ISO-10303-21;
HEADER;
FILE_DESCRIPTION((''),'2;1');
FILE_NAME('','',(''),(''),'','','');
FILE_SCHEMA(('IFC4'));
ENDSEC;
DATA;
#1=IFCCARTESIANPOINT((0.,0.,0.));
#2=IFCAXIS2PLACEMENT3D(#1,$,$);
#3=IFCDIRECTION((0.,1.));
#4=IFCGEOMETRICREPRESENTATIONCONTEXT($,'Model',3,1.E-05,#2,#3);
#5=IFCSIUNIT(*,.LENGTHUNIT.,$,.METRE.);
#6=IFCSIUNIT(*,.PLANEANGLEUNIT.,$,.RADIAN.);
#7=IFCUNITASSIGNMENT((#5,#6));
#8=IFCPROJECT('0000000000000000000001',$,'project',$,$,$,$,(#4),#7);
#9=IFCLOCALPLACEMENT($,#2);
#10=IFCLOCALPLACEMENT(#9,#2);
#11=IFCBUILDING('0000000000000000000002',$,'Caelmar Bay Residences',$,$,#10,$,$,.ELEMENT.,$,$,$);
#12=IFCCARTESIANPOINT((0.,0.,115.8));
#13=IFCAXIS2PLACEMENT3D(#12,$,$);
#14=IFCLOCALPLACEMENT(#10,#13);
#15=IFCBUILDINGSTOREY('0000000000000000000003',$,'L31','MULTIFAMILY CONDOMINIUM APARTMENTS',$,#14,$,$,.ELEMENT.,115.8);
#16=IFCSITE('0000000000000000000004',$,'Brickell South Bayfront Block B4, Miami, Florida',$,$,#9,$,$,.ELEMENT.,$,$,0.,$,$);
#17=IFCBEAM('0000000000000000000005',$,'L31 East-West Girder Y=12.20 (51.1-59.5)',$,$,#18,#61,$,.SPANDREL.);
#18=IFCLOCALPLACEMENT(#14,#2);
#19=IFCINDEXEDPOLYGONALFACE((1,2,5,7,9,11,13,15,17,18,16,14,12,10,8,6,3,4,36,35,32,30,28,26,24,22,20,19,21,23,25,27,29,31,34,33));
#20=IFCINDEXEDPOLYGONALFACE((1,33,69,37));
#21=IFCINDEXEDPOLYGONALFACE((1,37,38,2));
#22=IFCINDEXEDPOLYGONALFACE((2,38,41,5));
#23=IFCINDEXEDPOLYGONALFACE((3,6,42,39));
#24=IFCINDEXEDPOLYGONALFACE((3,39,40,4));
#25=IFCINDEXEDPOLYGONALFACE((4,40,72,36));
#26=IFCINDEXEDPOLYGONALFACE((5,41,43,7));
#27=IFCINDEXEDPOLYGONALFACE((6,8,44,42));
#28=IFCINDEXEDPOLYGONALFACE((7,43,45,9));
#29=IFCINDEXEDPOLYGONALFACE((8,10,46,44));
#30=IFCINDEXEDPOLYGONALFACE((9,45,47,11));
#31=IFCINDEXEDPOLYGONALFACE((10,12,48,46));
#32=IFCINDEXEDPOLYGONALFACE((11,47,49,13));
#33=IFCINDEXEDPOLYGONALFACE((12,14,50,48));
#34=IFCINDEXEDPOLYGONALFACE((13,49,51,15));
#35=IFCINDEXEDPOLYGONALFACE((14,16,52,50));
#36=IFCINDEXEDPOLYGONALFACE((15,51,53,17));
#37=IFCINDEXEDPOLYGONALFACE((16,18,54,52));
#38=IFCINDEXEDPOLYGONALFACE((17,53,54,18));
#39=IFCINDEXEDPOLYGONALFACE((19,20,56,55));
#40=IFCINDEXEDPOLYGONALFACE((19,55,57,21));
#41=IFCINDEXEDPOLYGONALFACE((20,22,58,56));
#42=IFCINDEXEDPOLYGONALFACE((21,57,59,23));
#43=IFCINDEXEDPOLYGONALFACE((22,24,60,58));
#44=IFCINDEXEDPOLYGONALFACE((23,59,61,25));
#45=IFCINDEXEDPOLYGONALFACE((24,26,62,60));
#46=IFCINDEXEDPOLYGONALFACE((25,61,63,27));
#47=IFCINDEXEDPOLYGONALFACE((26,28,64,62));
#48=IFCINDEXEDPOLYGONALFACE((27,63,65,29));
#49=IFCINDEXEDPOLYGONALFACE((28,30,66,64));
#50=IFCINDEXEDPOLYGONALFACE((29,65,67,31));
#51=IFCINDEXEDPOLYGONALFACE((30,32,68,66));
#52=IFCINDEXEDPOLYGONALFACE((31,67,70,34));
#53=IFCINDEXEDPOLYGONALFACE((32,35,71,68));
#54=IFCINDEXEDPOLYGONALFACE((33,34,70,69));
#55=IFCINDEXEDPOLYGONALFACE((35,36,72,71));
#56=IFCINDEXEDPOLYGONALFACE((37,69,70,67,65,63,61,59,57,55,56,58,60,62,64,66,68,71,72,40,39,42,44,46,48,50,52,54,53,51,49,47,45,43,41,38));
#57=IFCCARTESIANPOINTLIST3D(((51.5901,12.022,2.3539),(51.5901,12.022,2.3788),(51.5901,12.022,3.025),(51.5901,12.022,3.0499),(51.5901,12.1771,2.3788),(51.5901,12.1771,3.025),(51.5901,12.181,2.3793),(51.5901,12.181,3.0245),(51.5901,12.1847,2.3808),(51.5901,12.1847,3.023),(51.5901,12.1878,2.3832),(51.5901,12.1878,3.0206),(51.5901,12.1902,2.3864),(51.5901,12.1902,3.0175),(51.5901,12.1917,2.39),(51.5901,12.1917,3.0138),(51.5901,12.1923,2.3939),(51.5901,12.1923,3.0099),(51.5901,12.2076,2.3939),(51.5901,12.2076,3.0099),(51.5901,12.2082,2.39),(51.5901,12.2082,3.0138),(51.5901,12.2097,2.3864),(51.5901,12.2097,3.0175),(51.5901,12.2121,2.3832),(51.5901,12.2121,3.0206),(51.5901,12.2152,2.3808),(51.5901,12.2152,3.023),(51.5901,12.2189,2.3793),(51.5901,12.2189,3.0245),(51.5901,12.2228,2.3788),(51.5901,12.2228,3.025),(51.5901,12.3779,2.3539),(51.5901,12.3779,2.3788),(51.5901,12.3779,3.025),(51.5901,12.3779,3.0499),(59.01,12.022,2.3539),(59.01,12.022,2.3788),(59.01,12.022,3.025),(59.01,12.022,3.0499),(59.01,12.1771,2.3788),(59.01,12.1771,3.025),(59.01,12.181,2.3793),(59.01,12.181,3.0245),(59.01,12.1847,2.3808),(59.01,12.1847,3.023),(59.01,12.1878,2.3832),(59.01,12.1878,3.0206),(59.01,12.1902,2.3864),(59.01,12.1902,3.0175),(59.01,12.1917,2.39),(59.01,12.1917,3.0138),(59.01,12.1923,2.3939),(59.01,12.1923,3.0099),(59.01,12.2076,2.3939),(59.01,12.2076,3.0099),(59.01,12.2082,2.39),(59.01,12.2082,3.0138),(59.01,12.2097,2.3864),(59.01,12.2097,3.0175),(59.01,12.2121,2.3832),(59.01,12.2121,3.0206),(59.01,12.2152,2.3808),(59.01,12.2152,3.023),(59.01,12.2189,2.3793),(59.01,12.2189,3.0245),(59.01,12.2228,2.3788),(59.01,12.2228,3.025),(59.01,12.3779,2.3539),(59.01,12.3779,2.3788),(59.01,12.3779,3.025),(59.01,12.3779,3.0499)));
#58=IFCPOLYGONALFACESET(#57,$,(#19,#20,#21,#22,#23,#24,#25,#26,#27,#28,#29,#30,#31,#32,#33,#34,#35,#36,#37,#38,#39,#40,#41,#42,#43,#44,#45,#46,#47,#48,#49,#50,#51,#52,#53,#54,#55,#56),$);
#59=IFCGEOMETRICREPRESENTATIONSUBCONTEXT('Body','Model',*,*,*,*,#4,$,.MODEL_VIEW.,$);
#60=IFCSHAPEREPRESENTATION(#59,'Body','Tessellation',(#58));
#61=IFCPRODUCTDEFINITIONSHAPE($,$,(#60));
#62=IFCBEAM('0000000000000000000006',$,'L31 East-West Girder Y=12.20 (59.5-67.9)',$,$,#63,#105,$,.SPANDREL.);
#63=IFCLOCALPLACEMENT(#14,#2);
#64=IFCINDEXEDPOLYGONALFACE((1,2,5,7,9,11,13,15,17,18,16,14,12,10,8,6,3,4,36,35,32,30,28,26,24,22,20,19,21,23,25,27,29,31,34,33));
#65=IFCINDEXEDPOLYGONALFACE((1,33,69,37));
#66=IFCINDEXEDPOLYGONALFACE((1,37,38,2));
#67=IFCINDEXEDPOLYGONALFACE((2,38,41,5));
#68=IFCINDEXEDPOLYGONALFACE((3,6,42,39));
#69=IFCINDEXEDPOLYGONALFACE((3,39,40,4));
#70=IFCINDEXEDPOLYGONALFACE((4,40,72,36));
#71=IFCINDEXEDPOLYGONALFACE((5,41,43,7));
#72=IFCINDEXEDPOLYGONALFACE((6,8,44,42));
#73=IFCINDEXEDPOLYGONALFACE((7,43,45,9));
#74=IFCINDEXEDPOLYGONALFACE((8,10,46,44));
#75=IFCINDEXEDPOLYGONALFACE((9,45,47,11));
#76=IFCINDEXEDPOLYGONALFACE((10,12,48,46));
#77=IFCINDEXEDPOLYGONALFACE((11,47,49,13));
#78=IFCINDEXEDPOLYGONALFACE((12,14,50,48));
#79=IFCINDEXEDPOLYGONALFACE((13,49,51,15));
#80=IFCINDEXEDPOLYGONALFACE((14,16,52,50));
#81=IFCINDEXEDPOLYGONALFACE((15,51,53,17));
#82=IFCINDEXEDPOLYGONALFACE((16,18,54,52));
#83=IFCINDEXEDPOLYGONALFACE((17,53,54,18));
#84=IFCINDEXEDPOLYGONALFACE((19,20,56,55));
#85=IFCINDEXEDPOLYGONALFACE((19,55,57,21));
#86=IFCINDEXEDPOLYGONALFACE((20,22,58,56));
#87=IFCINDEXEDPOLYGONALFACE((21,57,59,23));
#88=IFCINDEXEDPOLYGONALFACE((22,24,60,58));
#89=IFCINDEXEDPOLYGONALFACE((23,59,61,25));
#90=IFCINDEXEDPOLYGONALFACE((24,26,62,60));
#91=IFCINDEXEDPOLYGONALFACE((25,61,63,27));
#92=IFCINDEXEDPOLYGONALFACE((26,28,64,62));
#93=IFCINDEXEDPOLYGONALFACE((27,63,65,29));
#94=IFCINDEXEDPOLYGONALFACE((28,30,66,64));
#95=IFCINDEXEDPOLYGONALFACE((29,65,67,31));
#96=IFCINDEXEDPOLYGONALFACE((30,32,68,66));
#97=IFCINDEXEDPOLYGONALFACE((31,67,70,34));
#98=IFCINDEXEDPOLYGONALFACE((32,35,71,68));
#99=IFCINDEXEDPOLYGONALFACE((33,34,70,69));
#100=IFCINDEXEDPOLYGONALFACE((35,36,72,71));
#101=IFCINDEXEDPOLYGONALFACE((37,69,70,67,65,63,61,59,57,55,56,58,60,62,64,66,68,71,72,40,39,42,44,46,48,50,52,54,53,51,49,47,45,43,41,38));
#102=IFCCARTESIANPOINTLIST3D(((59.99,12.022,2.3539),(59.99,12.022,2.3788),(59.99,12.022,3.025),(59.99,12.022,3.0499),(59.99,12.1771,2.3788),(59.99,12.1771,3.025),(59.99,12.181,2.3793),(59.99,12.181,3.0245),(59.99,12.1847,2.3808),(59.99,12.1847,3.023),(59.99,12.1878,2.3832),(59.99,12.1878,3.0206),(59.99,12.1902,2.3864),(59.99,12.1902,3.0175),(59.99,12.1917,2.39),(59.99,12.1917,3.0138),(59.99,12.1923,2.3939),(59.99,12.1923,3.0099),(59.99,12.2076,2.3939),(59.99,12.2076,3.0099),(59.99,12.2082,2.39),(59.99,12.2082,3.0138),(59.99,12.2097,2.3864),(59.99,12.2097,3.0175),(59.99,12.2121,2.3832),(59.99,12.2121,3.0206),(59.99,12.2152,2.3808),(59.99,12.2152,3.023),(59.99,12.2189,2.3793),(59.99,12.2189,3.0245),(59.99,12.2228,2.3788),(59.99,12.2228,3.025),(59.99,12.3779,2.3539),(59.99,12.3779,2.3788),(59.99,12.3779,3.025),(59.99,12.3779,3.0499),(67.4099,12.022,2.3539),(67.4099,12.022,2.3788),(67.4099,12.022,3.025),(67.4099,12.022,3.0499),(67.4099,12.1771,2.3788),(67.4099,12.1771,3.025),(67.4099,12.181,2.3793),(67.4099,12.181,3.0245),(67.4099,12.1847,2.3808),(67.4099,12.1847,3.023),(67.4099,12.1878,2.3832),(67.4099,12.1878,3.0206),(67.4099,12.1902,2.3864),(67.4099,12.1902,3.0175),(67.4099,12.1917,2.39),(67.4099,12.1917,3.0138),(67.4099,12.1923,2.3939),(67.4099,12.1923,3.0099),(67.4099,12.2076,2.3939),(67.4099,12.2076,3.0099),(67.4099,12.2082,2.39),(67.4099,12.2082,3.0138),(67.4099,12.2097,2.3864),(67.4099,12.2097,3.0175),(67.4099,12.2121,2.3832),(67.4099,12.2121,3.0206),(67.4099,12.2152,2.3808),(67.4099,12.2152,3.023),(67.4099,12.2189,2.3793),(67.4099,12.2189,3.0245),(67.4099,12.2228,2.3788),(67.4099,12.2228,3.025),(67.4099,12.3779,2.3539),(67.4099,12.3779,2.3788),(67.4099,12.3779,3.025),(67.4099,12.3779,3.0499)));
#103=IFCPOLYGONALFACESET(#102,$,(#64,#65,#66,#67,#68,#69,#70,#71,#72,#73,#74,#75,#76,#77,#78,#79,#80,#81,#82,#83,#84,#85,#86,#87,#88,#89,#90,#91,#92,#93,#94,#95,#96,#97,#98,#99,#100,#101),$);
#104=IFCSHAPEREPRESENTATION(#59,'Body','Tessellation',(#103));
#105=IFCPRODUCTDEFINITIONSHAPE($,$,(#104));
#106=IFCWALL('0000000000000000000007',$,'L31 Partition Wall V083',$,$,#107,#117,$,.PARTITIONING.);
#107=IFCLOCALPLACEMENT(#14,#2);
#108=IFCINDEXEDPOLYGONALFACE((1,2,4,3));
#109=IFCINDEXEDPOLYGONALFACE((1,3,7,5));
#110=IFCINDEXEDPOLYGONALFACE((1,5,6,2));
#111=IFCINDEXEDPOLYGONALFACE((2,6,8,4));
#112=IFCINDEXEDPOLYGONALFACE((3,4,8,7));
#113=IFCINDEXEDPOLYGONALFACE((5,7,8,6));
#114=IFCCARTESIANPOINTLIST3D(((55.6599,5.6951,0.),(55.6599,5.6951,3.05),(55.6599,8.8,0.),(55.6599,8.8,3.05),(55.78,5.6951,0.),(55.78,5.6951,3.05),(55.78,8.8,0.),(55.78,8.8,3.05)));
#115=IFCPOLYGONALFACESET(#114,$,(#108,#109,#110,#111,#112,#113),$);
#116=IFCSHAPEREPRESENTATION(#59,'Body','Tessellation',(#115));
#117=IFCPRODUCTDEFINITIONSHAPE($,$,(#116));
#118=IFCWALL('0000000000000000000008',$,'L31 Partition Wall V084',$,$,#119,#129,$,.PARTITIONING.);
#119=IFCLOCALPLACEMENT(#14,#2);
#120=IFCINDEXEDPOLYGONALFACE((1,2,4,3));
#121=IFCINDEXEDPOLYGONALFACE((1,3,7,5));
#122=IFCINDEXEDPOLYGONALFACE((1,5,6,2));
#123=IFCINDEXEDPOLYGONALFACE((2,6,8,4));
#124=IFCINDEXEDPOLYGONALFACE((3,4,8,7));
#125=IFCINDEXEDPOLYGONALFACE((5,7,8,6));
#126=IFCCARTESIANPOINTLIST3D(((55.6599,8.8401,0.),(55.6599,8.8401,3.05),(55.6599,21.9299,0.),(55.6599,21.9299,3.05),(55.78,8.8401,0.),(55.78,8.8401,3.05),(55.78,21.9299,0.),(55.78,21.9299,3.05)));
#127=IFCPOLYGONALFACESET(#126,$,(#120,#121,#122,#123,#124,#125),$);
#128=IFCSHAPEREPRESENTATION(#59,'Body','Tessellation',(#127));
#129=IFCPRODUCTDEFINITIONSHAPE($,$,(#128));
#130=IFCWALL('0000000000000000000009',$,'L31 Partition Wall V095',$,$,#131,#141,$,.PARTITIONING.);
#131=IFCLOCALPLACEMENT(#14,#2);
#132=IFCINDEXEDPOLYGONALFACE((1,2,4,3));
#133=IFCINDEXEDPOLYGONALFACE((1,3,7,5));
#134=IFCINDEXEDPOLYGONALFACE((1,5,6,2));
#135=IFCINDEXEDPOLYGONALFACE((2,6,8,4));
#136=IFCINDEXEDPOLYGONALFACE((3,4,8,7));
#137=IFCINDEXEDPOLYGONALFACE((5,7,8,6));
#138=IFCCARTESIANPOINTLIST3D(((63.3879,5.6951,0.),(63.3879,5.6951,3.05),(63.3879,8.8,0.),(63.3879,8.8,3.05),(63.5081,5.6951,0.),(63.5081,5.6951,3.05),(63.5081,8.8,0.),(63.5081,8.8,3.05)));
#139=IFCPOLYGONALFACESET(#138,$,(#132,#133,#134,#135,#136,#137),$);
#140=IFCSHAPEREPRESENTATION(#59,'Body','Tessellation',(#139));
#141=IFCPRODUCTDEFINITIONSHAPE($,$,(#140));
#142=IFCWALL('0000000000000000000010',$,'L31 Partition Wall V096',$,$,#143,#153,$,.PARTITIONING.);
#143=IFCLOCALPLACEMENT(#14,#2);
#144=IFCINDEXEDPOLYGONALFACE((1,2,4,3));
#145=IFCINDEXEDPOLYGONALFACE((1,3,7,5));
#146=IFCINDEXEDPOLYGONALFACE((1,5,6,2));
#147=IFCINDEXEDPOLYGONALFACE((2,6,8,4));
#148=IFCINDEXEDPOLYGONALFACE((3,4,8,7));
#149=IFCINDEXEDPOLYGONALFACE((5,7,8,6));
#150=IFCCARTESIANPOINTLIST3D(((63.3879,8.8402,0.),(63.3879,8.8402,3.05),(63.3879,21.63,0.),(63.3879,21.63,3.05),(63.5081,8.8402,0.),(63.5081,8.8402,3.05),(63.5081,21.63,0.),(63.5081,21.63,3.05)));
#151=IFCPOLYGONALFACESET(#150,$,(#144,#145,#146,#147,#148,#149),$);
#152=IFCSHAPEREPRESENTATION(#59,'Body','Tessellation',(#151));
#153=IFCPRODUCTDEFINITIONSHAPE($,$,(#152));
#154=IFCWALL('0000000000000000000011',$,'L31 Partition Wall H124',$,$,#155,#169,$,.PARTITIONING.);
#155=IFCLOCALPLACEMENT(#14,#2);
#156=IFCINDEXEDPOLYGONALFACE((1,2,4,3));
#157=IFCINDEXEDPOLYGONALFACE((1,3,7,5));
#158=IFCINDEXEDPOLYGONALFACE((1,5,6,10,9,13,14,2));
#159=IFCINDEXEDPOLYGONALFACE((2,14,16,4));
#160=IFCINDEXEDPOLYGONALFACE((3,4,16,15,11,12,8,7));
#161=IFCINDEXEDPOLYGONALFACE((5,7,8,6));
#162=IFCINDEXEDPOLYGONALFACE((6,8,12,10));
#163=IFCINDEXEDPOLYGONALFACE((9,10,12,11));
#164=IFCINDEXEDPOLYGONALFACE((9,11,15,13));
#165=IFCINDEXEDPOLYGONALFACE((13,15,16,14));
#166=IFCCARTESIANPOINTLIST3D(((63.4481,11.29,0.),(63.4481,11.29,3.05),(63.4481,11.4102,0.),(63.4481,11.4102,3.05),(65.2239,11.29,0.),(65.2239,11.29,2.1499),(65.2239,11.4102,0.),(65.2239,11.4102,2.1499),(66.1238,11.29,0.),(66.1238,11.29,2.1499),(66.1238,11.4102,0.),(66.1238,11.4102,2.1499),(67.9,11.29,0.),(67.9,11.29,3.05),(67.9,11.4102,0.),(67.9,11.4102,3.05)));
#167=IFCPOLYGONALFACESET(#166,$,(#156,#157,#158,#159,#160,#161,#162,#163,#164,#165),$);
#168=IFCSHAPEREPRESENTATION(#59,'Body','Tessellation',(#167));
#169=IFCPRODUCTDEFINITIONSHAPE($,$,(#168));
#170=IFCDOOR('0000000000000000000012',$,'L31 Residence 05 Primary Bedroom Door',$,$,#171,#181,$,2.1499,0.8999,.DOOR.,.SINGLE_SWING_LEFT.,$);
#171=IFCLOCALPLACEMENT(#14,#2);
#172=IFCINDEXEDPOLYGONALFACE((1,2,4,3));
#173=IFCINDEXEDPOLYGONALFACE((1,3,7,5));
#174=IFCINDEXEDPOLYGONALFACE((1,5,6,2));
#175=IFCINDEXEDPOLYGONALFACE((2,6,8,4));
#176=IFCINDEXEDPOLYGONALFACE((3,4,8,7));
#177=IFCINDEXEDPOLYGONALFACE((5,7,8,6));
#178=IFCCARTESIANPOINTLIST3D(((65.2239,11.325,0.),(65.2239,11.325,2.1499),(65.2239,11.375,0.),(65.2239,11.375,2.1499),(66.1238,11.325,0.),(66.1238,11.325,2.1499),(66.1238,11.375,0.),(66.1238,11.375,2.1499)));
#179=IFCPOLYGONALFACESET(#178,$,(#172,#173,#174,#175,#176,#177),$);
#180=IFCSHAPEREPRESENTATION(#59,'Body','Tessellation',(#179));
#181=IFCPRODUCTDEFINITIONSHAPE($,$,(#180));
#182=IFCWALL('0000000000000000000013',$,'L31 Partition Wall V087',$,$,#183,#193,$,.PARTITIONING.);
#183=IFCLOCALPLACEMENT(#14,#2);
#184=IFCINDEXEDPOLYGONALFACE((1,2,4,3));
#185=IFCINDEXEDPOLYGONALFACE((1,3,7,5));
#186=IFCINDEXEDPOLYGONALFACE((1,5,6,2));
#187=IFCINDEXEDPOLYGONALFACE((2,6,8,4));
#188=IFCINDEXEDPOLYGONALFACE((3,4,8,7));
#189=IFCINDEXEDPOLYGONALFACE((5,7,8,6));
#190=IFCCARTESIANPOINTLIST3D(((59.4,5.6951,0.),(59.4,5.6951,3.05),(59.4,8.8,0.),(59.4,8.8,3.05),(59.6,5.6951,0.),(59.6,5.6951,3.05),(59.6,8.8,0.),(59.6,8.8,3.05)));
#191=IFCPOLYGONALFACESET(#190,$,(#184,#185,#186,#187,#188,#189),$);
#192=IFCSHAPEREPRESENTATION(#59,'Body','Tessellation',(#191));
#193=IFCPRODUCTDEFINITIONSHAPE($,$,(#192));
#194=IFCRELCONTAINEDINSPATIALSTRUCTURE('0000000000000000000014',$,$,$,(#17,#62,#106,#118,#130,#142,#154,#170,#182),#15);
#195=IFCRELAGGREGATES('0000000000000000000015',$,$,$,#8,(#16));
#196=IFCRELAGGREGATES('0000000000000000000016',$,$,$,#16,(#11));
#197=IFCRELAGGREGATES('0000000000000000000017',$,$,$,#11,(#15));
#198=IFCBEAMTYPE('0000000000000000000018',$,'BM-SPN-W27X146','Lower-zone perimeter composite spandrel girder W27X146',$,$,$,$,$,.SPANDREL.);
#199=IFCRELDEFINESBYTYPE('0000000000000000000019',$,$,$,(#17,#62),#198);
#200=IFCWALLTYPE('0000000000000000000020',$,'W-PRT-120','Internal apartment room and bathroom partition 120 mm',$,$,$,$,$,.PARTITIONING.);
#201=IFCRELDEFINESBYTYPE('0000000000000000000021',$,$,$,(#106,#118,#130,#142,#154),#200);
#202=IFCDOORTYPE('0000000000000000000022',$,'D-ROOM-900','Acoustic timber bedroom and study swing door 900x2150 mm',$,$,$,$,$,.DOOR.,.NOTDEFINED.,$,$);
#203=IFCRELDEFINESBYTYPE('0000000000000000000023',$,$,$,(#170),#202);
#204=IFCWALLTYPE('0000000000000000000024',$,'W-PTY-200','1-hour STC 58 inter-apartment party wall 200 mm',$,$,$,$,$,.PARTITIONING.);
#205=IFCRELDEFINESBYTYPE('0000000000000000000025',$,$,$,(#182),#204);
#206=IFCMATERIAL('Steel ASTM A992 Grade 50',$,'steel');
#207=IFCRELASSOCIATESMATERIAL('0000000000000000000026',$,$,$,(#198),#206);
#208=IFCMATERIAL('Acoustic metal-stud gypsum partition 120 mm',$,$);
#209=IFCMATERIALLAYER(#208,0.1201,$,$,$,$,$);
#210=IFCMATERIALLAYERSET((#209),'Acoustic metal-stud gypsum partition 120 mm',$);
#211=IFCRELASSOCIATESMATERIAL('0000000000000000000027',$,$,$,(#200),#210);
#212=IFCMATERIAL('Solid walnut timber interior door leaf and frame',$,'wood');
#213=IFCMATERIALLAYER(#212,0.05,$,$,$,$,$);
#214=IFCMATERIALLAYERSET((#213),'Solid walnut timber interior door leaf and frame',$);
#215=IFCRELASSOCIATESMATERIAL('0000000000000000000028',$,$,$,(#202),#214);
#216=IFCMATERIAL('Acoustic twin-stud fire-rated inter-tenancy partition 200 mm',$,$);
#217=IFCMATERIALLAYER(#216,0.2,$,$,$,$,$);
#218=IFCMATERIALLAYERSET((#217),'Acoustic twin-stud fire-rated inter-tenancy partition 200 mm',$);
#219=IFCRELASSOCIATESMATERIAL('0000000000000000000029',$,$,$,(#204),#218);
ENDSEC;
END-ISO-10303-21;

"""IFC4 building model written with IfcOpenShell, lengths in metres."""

from ifc_helpers import new_model, si_unit, direction, frame, frame_2d, origin, origin_2d, place, context, subcontext, project, spatial, rectangle, i_section, extrude, material, layer, layer_set, material_profile, profile_set, type_object, element, fill, save


model = new_model("IFC4")

# Units and contexts
model_context = context("Model", 3, precision=1e-05, world=origin(), true_north=direction((0.0, 1.0)))
body_context = subcontext(model_context, "Body", "Model", "MODEL_VIEW")
ifc_project = project(units=[si_unit("LENGTHUNIT", "METRE"), si_unit("PLANEANGLEUNIT", "RADIAN")], contexts=[model_context])

# Site, building, storey
site_placement = place(None, origin())
site = spatial("IfcSite", under=ifc_project, at=site_placement, Name="Brickell South Bayfront Block B4, Miami, Florida", CompositionType="ELEMENT", RefElevation=0.0)
building_placement = place(site_placement, origin())
building = spatial("IfcBuilding", under=site, at=building_placement, Name="Caelmar Bay Residences", CompositionType="ELEMENT")
storey_placement = place(building_placement, frame((0.0, 0.0, 115.8)))
storey = spatial("IfcBuildingStorey", under=building, at=storey_placement, Name="L31", Description="MULTIFAMILY CONDOMINIUM APARTMENTS", CompositionType="ELEMENT", Elevation=115.8)

# Beams
ifc_material_1 = material(Name="Steel ASTM A992 Grade 50", Category="steel")
ifc_material_profile_1 = material_profile(ifc_material_1, i_section(OverallWidth=0.356, OverallDepth=0.696, WebThickness=0.0154, FlangeThickness=0.0249, FilletRadius=0.0151, at=origin_2d()), Name="W27X146")
ifc_profile_set_1 = profile_set([ifc_material_profile_1], Name="Steel ASTM A992 Grade 50")
beam_type_1 = type_object("IfcBeamType", Name="BM-SPN-W27X146", Description="Lower-zone perimeter composite spandrel girder W27X146", PredefinedType="SPANDREL", material=ifc_profile_set_1)
for number, where, z_axis, x_axis, name in (
    (1, (51.5901, 12.2, 2.7019), (1.0, 0.0, 0.0), (0.0, 1.0, 0.0), "L31 East-West Girder Y=12.20 (51.1-59.5)"),
    (2, (59.99, 12.2, 2.7019), (1.0, 0.0, 0.0), (0.0, 1.0, 0.0), "L31 East-West Girder Y=12.20 (59.5-67.9)"),
):
    element("IfcBeam", number, at=place(storey_placement, frame(where, z_axis=z_axis, x_axis=x_axis)), inside=storey, type_object=beam_type_1, Name=name, PredefinedType="SPANDREL", context=body_context, shape_type="SweptSolid", body=[
        extrude(i_section(OverallWidth=0.356, OverallDepth=0.696, WebThickness=0.0154, FlangeThickness=0.0249, FilletRadius=0.0151, at=origin_2d()), origin(), (0.0, 0.0, 1.0), 7.4199),
    ])

# Walls
ifc_material_2 = material(Name="Acoustic metal-stud gypsum partition 120 mm")
ifc_layer_1 = layer(ifc_material_2, 0.1201)
ifc_layer_set_1 = layer_set([ifc_layer_1], Name="Acoustic metal-stud gypsum partition 120 mm")
wall_type_1 = type_object("IfcWallType", Name="W-PRT-120", Description="Internal apartment room and bathroom partition 120 mm", PredefinedType="PARTITIONING", material=ifc_layer_set_1)
wall_1_placement = place(storey_placement, frame((55.72, 5.6951, 0.0), z_axis=(0.0, 0.0, 1.0), x_axis=(0.0, 1.0, 0.0)))
element("IfcWall", 3, at=wall_1_placement, inside=storey, type_object=wall_type_1, Name="L31 Partition Wall V083", PredefinedType="PARTITIONING", context=body_context, shape_type="SweptSolid", body=[
    extrude(rectangle(XDim=3.105, YDim=0.1201, at=frame_2d((1.5525, 0.0))), origin(), (0.0, 0.0, 1.0), 3.05),
])
wall_2_placement = place(storey_placement, frame((55.72, 8.8401, 0.0), z_axis=(0.0, 0.0, 1.0), x_axis=(0.0, 1.0, 0.0)))
element("IfcWall", 4, at=wall_2_placement, inside=storey, type_object=wall_type_1, Name="L31 Partition Wall V084", PredefinedType="PARTITIONING", context=body_context, shape_type="SweptSolid", body=[
    extrude(rectangle(XDim=13.0898, YDim=0.1201, at=frame_2d((6.5449, 0.0))), origin(), (0.0, 0.0, 1.0), 3.05),
])
wall_3_placement = place(storey_placement, frame((63.448, 5.6951, 0.0), z_axis=(0.0, 0.0, 1.0), x_axis=(0.0, 1.0, 0.0)))
element("IfcWall", 5, at=wall_3_placement, inside=storey, type_object=wall_type_1, Name="L31 Partition Wall V095", PredefinedType="PARTITIONING", context=body_context, shape_type="SweptSolid", body=[
    extrude(rectangle(XDim=3.105, YDim=0.1201, at=frame_2d((1.5525, 0.0))), origin(), (0.0, 0.0, 1.0), 3.05),
])
wall_4_placement = place(storey_placement, frame((63.448, 8.8401, 0.0), z_axis=(0.0, 0.0, 1.0), x_axis=(0.0, 1.0, 0.0)))
element("IfcWall", 6, at=wall_4_placement, inside=storey, type_object=wall_type_1, Name="L31 Partition Wall V096", PredefinedType="PARTITIONING", context=body_context, shape_type="SweptSolid", body=[
    extrude(rectangle(XDim=12.7898, YDim=0.1201, at=frame_2d((6.395, 0.0))), origin(), (0.0, 0.0, 1.0), 3.05),
])

# Wall, opening, door
ifc_material_3 = material(Name="Solid walnut timber interior door leaf and frame", Category="wood")
ifc_layer_2 = layer(ifc_material_3, 0.05)
ifc_layer_set_2 = layer_set([ifc_layer_2], Name="Solid walnut timber interior door leaf and frame")
door_type = type_object("IfcDoorType", Name="D-ROOM-900", Description="Acoustic timber bedroom and study swing door 900x2150 mm", OperationType="NOTDEFINED", PredefinedType="DOOR", material=ifc_layer_set_2)
wall_5_placement = place(storey_placement, frame((63.448, 11.3501, 0.0), z_axis=(0.0, 0.0, 1.0), x_axis=(1.0, 0.0, 0.0)))
wall_5 = element("IfcWall", 7, at=wall_5_placement, inside=storey, type_object=wall_type_1, Name="L31 Partition Wall H124", PredefinedType="PARTITIONING", context=body_context, shape_type="SweptSolid", body=[
    extrude(rectangle(XDim=4.4519, YDim=0.1201, at=frame_2d((2.2261, 0.0))), origin(), (0.0, 0.0, 1.0), 3.05),
])
opening_1_placement = place(wall_5_placement, frame((1.7759, 0.0, 0.0)))
opening_1 = element("IfcOpeningElement", 8, at=opening_1_placement, cuts=wall_5, PredefinedType="OPENING", context=body_context, shape_type="SweptSolid", body=[
    extrude(rectangle(XDim=0.8999, YDim=2.1499, at=frame_2d((0.45, 1.075))), frame((0.0, 0.0701, 0.0), z_axis=(0.0, -1.0, 0.0), x_axis=(1.0, 0.0, 0.0)), (0.0, 0.0, 1.0), 0.1401),
])
door_1_placement = place(opening_1_placement, origin())
door_1 = element("IfcDoor", 9, at=door_1_placement, inside=storey, type_object=door_type, Name="L31 Residence 05 Primary Bedroom Door", OperationType="SINGLE_SWING_LEFT", OverallHeight=2.1499, OverallWidth=0.8999, PredefinedType="DOOR", context=body_context, shape_type="SweptSolid", body=[
    extrude(rectangle(XDim=0.8999, YDim=2.1499, at=frame_2d((0.45, 1.075))), frame((0.0, 0.0249, 0.0), z_axis=(0.0, -1.0, 0.0), x_axis=(1.0, 0.0, 0.0)), (0.0, 0.0, 1.0), 0.05),
])
fill(opening_1, door_1)

# Wall
ifc_material_4 = material(Name="Acoustic twin-stud fire-rated inter-tenancy partition 200 mm")
ifc_layer_3 = layer(ifc_material_4, 0.2)
ifc_layer_set_3 = layer_set([ifc_layer_3], Name="Acoustic twin-stud fire-rated inter-tenancy partition 200 mm")
wall_type_2 = type_object("IfcWallType", Name="W-PTY-200", Description="1-hour STC 58 inter-apartment party wall 200 mm", PredefinedType="PARTITIONING", material=ifc_layer_set_3)
wall_6_placement = place(storey_placement, frame((59.5, 5.6951, 0.0), z_axis=(0.0, 0.0, 1.0), x_axis=(0.0, 1.0, 0.0)))
element("IfcWall", 10, at=wall_6_placement, inside=storey, type_object=wall_type_2, Name="L31 Partition Wall V087", PredefinedType="PARTITIONING", context=body_context, shape_type="SweptSolid", body=[
    extrude(rectangle(XDim=3.105, YDim=0.2, at=frame_2d((1.5525, 0.0))), origin(), (0.0, 0.0, 1.0), 3.05),
])

save(model, "model.ifc")
